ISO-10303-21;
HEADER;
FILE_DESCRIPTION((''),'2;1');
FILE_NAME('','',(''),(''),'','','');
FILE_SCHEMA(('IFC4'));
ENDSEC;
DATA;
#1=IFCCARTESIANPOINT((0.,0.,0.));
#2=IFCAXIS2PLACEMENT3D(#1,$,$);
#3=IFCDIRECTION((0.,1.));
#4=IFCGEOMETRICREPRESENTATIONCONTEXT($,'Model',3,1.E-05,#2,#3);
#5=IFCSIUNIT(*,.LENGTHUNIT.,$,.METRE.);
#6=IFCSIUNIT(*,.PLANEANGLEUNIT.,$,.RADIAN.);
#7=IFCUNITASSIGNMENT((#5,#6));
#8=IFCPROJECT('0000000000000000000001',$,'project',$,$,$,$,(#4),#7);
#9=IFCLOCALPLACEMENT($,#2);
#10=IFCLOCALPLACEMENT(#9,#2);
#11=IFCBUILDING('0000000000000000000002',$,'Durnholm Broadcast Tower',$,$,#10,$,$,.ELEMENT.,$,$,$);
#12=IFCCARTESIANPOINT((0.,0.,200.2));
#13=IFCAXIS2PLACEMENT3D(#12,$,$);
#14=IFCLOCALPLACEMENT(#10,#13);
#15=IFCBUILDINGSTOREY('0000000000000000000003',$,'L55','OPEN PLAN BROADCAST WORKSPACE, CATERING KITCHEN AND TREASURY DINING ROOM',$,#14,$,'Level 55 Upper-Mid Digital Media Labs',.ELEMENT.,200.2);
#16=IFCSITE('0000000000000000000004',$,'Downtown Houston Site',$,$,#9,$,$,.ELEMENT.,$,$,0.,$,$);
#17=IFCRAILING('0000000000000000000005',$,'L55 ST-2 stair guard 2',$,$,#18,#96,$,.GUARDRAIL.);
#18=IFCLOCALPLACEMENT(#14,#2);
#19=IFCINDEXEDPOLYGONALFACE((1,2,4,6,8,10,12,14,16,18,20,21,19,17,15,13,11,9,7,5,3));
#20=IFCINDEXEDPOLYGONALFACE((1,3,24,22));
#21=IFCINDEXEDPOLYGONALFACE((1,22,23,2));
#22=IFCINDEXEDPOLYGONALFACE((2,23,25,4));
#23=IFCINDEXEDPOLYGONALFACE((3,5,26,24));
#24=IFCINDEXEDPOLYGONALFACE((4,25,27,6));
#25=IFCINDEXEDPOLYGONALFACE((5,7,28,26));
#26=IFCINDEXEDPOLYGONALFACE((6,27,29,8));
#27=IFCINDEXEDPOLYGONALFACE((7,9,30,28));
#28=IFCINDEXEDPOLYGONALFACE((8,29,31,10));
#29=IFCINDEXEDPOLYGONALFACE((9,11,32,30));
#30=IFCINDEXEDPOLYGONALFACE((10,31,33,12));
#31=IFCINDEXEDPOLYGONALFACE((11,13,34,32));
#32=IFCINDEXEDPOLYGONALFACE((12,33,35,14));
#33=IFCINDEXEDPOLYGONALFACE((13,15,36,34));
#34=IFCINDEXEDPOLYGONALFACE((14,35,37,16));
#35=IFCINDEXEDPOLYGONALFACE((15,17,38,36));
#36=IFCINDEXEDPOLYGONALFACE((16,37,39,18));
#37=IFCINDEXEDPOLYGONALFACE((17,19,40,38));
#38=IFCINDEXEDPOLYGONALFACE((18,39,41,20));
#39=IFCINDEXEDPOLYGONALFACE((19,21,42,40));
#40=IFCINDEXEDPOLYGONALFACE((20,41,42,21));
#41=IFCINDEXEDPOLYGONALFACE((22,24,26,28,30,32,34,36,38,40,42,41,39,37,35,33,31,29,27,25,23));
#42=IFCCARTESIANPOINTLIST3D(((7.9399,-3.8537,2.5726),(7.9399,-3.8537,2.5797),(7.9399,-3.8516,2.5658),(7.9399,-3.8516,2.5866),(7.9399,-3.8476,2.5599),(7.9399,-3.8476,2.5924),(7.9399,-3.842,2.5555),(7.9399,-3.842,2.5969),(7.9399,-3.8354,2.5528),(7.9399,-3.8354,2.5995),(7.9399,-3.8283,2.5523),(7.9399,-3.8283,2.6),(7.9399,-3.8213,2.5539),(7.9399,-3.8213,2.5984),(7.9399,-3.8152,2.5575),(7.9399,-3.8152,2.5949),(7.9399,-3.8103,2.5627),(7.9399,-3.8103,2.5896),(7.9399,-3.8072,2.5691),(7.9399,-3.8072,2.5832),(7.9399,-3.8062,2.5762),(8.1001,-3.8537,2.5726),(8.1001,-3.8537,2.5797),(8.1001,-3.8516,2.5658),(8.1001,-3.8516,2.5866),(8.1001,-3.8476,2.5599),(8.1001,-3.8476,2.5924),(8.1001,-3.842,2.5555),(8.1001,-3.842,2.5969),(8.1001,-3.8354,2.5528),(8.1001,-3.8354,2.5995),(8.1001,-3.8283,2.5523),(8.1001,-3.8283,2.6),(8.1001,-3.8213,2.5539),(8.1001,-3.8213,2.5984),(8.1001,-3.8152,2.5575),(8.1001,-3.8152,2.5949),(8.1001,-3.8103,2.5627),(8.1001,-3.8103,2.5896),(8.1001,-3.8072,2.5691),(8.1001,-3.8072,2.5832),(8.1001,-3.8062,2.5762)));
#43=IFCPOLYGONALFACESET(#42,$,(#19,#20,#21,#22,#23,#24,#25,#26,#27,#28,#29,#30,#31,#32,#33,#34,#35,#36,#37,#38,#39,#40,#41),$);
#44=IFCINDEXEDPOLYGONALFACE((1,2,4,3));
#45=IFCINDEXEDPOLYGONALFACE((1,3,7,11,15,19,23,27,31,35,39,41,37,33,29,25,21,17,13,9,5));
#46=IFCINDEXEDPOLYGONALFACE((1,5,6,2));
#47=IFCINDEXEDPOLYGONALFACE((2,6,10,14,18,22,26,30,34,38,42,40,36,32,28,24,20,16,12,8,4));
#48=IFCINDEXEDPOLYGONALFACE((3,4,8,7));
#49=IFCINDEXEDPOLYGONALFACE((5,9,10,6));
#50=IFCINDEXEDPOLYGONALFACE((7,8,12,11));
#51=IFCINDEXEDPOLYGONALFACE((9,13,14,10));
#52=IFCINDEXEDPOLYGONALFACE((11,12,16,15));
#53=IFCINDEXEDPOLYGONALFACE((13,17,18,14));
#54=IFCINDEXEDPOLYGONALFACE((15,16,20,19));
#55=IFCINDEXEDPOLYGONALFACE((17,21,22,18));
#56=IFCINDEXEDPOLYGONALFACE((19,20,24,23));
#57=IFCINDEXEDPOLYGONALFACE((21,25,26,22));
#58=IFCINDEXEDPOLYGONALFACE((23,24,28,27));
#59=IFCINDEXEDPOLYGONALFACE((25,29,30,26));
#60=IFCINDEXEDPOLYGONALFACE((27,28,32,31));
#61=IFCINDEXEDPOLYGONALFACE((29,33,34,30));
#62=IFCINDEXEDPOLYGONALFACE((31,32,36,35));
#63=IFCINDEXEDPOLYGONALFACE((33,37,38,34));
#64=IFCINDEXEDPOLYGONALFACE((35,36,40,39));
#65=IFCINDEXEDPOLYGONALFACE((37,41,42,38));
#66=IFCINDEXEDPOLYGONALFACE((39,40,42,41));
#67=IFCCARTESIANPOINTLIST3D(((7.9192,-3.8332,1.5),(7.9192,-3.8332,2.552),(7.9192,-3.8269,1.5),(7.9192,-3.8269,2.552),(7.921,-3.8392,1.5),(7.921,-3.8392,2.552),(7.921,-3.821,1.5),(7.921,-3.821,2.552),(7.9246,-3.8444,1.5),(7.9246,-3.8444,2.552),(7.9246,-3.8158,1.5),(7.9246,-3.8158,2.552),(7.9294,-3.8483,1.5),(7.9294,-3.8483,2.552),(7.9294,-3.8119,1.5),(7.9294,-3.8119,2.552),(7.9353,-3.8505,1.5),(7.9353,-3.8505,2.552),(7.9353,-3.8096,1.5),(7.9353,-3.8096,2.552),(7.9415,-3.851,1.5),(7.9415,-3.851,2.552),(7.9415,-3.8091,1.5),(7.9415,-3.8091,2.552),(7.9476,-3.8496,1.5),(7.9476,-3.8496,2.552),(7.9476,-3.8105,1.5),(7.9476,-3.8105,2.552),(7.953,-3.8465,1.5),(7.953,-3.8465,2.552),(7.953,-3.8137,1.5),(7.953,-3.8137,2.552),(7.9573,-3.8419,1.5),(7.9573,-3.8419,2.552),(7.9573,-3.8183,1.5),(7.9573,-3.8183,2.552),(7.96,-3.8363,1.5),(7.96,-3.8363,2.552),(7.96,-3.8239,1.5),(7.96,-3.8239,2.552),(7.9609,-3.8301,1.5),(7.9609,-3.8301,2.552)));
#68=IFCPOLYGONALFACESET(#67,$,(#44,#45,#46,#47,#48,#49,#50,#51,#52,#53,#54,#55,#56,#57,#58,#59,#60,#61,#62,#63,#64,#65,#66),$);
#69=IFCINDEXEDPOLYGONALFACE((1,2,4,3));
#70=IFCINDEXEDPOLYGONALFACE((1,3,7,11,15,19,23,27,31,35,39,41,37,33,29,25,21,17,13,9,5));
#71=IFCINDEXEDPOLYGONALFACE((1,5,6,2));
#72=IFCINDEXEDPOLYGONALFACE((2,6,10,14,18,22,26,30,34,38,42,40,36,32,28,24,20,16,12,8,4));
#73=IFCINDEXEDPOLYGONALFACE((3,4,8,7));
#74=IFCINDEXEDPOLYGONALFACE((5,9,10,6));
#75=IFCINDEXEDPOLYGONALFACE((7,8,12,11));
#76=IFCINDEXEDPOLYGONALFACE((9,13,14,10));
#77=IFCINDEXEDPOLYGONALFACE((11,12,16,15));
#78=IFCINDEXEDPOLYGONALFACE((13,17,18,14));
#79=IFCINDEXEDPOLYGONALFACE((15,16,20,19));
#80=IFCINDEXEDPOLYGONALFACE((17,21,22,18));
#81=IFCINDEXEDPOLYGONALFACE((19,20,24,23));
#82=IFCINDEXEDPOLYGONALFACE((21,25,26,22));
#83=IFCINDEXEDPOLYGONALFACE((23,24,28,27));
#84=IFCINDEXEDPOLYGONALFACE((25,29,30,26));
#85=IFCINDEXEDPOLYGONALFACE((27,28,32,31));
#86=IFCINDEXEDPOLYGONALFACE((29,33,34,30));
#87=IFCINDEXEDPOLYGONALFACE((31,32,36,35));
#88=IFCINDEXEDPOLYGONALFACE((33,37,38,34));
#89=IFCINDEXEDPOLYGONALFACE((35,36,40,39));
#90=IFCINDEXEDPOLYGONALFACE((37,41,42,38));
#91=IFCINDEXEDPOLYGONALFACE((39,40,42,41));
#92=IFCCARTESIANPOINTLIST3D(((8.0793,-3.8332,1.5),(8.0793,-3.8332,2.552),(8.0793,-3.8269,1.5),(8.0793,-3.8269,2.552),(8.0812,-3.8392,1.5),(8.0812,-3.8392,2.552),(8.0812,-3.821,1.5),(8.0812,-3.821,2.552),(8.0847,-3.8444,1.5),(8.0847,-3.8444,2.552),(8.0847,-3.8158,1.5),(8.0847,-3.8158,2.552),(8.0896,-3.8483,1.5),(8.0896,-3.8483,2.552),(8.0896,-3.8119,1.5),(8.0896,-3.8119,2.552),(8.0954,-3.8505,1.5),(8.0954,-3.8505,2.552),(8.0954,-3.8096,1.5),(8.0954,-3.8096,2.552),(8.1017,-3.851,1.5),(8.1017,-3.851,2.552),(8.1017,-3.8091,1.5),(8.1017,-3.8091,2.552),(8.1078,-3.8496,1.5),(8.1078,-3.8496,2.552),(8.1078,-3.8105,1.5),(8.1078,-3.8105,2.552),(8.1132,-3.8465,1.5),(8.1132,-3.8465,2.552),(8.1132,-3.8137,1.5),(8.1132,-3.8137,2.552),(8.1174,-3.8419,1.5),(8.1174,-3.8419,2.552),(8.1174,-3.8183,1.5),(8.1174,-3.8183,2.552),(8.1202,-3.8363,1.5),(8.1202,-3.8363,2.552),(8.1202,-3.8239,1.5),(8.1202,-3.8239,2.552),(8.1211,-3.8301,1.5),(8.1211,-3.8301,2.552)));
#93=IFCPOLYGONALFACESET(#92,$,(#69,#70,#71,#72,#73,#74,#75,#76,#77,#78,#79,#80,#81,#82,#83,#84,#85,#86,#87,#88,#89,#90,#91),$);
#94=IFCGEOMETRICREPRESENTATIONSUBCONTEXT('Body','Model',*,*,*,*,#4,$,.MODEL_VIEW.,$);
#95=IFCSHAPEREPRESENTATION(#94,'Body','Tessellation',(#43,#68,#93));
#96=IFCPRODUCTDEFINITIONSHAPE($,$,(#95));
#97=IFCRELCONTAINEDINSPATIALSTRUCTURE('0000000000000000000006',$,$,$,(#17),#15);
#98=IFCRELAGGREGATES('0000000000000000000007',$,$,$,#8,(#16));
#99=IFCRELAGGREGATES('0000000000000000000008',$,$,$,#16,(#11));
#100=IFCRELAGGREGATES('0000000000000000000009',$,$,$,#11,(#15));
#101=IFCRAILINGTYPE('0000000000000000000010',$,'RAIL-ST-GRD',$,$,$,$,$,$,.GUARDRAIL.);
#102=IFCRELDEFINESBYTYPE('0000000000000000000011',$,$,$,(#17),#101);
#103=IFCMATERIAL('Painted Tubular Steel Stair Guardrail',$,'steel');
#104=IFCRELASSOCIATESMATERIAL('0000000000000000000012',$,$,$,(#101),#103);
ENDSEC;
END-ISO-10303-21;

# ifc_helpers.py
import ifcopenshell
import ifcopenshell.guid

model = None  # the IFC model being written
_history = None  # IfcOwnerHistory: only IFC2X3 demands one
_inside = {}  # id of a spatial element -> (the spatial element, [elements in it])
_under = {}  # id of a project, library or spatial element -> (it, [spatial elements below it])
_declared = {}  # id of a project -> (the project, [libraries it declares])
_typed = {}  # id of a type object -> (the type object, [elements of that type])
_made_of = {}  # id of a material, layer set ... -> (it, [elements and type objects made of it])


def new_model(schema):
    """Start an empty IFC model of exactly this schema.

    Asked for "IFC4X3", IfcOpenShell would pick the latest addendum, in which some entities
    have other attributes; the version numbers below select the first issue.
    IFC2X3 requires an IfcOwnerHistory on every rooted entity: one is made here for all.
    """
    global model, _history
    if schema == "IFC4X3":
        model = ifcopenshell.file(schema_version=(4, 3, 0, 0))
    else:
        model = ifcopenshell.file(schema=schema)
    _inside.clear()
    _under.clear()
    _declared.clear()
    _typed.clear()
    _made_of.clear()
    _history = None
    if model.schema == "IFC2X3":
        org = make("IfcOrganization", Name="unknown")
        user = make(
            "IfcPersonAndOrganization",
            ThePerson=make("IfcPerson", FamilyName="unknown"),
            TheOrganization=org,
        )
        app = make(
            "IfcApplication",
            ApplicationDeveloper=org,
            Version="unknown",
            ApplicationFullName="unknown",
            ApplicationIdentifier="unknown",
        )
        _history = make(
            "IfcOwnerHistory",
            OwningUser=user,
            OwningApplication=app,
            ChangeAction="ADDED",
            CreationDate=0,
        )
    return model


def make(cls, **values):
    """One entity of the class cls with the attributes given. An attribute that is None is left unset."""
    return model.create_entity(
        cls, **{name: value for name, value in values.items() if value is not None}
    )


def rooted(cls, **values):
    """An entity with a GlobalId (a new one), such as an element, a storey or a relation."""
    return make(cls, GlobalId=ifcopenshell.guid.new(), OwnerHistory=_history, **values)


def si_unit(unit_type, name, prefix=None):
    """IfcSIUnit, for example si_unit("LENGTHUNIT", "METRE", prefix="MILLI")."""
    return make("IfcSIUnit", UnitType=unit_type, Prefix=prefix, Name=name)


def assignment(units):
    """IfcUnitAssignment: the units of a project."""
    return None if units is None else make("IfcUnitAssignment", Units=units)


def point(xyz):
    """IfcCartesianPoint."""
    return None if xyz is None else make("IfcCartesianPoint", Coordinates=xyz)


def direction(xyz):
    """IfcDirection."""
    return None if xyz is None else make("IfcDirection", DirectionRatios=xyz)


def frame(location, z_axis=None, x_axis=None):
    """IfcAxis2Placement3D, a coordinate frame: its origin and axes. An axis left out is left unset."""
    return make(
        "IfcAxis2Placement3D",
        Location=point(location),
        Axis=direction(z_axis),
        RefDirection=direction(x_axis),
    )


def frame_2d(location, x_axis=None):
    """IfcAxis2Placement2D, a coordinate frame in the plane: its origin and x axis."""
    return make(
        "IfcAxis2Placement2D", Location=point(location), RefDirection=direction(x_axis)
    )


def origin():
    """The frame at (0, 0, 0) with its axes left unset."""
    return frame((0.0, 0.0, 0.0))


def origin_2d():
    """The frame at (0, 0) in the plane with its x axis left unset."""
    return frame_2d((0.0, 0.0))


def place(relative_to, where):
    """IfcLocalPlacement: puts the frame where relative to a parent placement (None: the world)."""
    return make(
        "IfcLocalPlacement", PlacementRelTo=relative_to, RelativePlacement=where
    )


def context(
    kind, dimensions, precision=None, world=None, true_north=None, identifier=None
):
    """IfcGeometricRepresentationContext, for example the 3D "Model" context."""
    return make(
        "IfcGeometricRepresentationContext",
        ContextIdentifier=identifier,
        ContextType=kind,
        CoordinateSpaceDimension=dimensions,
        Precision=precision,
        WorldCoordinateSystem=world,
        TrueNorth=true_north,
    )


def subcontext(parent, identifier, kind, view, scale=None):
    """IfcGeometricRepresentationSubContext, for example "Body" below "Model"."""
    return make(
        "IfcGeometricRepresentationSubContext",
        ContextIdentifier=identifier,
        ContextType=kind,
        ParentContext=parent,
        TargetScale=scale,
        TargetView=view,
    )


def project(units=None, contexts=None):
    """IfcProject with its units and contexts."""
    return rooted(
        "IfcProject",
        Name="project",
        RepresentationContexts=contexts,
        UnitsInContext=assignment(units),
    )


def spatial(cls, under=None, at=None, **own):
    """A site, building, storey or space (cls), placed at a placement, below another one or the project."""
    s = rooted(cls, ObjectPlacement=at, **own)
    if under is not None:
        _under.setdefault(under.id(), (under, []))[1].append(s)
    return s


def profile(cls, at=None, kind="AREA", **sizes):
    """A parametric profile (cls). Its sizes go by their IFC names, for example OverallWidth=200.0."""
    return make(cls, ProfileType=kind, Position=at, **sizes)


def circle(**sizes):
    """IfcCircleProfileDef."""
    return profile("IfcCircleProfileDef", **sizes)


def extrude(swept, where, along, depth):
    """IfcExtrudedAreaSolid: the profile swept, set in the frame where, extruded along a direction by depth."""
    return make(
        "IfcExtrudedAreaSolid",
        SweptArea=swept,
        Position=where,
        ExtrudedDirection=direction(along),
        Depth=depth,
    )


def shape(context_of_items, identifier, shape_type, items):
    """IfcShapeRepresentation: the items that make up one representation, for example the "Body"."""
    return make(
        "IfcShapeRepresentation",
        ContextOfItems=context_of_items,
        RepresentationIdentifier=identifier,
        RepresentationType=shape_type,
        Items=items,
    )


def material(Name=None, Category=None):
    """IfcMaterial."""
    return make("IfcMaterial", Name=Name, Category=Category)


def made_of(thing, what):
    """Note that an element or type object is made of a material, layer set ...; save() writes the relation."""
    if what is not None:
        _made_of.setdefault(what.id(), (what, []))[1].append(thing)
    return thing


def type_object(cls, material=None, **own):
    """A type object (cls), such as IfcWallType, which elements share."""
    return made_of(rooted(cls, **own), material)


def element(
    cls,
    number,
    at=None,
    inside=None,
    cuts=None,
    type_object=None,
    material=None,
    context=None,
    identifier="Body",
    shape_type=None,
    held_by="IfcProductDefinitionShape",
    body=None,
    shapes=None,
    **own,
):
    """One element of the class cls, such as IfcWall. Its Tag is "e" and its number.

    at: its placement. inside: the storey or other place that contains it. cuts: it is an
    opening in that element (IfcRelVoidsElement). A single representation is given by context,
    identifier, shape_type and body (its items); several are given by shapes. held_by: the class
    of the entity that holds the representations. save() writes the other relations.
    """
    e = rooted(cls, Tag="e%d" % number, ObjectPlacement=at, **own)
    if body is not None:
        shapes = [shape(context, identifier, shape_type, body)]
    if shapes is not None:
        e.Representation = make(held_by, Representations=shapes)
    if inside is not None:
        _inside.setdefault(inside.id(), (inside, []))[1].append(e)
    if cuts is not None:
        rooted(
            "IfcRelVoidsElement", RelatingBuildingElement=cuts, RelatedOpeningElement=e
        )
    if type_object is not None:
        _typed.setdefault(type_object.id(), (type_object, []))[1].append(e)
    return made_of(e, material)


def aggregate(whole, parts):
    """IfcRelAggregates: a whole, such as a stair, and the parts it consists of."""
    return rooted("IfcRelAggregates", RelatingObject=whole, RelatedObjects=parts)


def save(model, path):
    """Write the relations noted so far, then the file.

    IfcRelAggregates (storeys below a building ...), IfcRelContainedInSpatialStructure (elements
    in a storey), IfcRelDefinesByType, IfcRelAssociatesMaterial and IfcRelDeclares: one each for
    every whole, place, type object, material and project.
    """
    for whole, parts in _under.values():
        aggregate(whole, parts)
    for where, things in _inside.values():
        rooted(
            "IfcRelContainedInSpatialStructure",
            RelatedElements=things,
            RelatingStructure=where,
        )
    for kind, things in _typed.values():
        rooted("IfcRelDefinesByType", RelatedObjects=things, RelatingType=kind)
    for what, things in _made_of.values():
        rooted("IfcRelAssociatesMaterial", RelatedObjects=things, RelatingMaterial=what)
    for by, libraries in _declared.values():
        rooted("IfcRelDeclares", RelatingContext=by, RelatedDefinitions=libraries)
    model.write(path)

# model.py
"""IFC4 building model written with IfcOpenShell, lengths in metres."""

from ifc_helpers import new_model, si_unit, direction, frame, origin, origin_2d, place, context, subcontext, project, spatial, circle, extrude, material, type_object, element, save


model = new_model("IFC4")

# Units and contexts
model_context = context("Model", 3, precision=1e-05, world=origin(), true_north=direction((0.0, 1.0)))
body_context = subcontext(model_context, "Body", "Model", "MODEL_VIEW")
ifc_project = project(units=[si_unit("LENGTHUNIT", "METRE"), si_unit("PLANEANGLEUNIT", "RADIAN")], contexts=[model_context])

# Site, building, storey
site_placement = place(None, origin())
site = spatial("IfcSite", under=ifc_project, at=site_placement, Name="Downtown Houston Site", CompositionType="ELEMENT", RefElevation=0.0)
building_placement = place(site_placement, origin())
building = spatial("IfcBuilding", under=site, at=building_placement, Name="Durnholm Broadcast Tower", CompositionType="ELEMENT")
storey_placement = place(building_placement, frame((0.0, 0.0, 200.2)))
storey = spatial("IfcBuildingStorey", under=building, at=storey_placement, Name="L55", Description="OPEN PLAN BROADCAST WORKSPACE, CATERING KITCHEN AND TREASURY DINING ROOM", LongName="Level 55 Upper-Mid Digital Media Labs", CompositionType="ELEMENT", Elevation=200.2)

# Railing
ifc_material_1 = material(Name="Painted Tubular Steel Stair Guardrail", Category="steel")
railing_type_1 = type_object("IfcRailingType", Name="RAIL-ST-GRD", PredefinedType="GUARDRAIL", material=ifc_material_1)
railing_1_placement = place(storey_placement, frame((7.9399, -3.8301, 1.5)))
element("IfcRailing", 1, at=railing_1_placement, inside=storey, type_object=railing_type_1, Name="L55 ST-2 stair guard 2", PredefinedType="GUARDRAIL", context=body_context, shape_type="SweptSolid", body=[
    extrude(circle(Radius=0.0239, at=origin_2d()), frame((0.0, 0.0, 1.0762), z_axis=(1.0, 0.0, 0.0), x_axis=(0.0, 1.0, 0.0)), (0.0, 0.0, 1.0), 0.1602),
    extrude(circle(Radius=0.021, at=origin_2d()), origin(), (0.0, 0.0, 1.0), 1.052),
    extrude(circle(Radius=0.021, at=origin_2d()), frame((0.1602, 0.0, 0.0)), (0.0, 0.0, 1.0), 1.052),
])

save(model, "model.ifc")
